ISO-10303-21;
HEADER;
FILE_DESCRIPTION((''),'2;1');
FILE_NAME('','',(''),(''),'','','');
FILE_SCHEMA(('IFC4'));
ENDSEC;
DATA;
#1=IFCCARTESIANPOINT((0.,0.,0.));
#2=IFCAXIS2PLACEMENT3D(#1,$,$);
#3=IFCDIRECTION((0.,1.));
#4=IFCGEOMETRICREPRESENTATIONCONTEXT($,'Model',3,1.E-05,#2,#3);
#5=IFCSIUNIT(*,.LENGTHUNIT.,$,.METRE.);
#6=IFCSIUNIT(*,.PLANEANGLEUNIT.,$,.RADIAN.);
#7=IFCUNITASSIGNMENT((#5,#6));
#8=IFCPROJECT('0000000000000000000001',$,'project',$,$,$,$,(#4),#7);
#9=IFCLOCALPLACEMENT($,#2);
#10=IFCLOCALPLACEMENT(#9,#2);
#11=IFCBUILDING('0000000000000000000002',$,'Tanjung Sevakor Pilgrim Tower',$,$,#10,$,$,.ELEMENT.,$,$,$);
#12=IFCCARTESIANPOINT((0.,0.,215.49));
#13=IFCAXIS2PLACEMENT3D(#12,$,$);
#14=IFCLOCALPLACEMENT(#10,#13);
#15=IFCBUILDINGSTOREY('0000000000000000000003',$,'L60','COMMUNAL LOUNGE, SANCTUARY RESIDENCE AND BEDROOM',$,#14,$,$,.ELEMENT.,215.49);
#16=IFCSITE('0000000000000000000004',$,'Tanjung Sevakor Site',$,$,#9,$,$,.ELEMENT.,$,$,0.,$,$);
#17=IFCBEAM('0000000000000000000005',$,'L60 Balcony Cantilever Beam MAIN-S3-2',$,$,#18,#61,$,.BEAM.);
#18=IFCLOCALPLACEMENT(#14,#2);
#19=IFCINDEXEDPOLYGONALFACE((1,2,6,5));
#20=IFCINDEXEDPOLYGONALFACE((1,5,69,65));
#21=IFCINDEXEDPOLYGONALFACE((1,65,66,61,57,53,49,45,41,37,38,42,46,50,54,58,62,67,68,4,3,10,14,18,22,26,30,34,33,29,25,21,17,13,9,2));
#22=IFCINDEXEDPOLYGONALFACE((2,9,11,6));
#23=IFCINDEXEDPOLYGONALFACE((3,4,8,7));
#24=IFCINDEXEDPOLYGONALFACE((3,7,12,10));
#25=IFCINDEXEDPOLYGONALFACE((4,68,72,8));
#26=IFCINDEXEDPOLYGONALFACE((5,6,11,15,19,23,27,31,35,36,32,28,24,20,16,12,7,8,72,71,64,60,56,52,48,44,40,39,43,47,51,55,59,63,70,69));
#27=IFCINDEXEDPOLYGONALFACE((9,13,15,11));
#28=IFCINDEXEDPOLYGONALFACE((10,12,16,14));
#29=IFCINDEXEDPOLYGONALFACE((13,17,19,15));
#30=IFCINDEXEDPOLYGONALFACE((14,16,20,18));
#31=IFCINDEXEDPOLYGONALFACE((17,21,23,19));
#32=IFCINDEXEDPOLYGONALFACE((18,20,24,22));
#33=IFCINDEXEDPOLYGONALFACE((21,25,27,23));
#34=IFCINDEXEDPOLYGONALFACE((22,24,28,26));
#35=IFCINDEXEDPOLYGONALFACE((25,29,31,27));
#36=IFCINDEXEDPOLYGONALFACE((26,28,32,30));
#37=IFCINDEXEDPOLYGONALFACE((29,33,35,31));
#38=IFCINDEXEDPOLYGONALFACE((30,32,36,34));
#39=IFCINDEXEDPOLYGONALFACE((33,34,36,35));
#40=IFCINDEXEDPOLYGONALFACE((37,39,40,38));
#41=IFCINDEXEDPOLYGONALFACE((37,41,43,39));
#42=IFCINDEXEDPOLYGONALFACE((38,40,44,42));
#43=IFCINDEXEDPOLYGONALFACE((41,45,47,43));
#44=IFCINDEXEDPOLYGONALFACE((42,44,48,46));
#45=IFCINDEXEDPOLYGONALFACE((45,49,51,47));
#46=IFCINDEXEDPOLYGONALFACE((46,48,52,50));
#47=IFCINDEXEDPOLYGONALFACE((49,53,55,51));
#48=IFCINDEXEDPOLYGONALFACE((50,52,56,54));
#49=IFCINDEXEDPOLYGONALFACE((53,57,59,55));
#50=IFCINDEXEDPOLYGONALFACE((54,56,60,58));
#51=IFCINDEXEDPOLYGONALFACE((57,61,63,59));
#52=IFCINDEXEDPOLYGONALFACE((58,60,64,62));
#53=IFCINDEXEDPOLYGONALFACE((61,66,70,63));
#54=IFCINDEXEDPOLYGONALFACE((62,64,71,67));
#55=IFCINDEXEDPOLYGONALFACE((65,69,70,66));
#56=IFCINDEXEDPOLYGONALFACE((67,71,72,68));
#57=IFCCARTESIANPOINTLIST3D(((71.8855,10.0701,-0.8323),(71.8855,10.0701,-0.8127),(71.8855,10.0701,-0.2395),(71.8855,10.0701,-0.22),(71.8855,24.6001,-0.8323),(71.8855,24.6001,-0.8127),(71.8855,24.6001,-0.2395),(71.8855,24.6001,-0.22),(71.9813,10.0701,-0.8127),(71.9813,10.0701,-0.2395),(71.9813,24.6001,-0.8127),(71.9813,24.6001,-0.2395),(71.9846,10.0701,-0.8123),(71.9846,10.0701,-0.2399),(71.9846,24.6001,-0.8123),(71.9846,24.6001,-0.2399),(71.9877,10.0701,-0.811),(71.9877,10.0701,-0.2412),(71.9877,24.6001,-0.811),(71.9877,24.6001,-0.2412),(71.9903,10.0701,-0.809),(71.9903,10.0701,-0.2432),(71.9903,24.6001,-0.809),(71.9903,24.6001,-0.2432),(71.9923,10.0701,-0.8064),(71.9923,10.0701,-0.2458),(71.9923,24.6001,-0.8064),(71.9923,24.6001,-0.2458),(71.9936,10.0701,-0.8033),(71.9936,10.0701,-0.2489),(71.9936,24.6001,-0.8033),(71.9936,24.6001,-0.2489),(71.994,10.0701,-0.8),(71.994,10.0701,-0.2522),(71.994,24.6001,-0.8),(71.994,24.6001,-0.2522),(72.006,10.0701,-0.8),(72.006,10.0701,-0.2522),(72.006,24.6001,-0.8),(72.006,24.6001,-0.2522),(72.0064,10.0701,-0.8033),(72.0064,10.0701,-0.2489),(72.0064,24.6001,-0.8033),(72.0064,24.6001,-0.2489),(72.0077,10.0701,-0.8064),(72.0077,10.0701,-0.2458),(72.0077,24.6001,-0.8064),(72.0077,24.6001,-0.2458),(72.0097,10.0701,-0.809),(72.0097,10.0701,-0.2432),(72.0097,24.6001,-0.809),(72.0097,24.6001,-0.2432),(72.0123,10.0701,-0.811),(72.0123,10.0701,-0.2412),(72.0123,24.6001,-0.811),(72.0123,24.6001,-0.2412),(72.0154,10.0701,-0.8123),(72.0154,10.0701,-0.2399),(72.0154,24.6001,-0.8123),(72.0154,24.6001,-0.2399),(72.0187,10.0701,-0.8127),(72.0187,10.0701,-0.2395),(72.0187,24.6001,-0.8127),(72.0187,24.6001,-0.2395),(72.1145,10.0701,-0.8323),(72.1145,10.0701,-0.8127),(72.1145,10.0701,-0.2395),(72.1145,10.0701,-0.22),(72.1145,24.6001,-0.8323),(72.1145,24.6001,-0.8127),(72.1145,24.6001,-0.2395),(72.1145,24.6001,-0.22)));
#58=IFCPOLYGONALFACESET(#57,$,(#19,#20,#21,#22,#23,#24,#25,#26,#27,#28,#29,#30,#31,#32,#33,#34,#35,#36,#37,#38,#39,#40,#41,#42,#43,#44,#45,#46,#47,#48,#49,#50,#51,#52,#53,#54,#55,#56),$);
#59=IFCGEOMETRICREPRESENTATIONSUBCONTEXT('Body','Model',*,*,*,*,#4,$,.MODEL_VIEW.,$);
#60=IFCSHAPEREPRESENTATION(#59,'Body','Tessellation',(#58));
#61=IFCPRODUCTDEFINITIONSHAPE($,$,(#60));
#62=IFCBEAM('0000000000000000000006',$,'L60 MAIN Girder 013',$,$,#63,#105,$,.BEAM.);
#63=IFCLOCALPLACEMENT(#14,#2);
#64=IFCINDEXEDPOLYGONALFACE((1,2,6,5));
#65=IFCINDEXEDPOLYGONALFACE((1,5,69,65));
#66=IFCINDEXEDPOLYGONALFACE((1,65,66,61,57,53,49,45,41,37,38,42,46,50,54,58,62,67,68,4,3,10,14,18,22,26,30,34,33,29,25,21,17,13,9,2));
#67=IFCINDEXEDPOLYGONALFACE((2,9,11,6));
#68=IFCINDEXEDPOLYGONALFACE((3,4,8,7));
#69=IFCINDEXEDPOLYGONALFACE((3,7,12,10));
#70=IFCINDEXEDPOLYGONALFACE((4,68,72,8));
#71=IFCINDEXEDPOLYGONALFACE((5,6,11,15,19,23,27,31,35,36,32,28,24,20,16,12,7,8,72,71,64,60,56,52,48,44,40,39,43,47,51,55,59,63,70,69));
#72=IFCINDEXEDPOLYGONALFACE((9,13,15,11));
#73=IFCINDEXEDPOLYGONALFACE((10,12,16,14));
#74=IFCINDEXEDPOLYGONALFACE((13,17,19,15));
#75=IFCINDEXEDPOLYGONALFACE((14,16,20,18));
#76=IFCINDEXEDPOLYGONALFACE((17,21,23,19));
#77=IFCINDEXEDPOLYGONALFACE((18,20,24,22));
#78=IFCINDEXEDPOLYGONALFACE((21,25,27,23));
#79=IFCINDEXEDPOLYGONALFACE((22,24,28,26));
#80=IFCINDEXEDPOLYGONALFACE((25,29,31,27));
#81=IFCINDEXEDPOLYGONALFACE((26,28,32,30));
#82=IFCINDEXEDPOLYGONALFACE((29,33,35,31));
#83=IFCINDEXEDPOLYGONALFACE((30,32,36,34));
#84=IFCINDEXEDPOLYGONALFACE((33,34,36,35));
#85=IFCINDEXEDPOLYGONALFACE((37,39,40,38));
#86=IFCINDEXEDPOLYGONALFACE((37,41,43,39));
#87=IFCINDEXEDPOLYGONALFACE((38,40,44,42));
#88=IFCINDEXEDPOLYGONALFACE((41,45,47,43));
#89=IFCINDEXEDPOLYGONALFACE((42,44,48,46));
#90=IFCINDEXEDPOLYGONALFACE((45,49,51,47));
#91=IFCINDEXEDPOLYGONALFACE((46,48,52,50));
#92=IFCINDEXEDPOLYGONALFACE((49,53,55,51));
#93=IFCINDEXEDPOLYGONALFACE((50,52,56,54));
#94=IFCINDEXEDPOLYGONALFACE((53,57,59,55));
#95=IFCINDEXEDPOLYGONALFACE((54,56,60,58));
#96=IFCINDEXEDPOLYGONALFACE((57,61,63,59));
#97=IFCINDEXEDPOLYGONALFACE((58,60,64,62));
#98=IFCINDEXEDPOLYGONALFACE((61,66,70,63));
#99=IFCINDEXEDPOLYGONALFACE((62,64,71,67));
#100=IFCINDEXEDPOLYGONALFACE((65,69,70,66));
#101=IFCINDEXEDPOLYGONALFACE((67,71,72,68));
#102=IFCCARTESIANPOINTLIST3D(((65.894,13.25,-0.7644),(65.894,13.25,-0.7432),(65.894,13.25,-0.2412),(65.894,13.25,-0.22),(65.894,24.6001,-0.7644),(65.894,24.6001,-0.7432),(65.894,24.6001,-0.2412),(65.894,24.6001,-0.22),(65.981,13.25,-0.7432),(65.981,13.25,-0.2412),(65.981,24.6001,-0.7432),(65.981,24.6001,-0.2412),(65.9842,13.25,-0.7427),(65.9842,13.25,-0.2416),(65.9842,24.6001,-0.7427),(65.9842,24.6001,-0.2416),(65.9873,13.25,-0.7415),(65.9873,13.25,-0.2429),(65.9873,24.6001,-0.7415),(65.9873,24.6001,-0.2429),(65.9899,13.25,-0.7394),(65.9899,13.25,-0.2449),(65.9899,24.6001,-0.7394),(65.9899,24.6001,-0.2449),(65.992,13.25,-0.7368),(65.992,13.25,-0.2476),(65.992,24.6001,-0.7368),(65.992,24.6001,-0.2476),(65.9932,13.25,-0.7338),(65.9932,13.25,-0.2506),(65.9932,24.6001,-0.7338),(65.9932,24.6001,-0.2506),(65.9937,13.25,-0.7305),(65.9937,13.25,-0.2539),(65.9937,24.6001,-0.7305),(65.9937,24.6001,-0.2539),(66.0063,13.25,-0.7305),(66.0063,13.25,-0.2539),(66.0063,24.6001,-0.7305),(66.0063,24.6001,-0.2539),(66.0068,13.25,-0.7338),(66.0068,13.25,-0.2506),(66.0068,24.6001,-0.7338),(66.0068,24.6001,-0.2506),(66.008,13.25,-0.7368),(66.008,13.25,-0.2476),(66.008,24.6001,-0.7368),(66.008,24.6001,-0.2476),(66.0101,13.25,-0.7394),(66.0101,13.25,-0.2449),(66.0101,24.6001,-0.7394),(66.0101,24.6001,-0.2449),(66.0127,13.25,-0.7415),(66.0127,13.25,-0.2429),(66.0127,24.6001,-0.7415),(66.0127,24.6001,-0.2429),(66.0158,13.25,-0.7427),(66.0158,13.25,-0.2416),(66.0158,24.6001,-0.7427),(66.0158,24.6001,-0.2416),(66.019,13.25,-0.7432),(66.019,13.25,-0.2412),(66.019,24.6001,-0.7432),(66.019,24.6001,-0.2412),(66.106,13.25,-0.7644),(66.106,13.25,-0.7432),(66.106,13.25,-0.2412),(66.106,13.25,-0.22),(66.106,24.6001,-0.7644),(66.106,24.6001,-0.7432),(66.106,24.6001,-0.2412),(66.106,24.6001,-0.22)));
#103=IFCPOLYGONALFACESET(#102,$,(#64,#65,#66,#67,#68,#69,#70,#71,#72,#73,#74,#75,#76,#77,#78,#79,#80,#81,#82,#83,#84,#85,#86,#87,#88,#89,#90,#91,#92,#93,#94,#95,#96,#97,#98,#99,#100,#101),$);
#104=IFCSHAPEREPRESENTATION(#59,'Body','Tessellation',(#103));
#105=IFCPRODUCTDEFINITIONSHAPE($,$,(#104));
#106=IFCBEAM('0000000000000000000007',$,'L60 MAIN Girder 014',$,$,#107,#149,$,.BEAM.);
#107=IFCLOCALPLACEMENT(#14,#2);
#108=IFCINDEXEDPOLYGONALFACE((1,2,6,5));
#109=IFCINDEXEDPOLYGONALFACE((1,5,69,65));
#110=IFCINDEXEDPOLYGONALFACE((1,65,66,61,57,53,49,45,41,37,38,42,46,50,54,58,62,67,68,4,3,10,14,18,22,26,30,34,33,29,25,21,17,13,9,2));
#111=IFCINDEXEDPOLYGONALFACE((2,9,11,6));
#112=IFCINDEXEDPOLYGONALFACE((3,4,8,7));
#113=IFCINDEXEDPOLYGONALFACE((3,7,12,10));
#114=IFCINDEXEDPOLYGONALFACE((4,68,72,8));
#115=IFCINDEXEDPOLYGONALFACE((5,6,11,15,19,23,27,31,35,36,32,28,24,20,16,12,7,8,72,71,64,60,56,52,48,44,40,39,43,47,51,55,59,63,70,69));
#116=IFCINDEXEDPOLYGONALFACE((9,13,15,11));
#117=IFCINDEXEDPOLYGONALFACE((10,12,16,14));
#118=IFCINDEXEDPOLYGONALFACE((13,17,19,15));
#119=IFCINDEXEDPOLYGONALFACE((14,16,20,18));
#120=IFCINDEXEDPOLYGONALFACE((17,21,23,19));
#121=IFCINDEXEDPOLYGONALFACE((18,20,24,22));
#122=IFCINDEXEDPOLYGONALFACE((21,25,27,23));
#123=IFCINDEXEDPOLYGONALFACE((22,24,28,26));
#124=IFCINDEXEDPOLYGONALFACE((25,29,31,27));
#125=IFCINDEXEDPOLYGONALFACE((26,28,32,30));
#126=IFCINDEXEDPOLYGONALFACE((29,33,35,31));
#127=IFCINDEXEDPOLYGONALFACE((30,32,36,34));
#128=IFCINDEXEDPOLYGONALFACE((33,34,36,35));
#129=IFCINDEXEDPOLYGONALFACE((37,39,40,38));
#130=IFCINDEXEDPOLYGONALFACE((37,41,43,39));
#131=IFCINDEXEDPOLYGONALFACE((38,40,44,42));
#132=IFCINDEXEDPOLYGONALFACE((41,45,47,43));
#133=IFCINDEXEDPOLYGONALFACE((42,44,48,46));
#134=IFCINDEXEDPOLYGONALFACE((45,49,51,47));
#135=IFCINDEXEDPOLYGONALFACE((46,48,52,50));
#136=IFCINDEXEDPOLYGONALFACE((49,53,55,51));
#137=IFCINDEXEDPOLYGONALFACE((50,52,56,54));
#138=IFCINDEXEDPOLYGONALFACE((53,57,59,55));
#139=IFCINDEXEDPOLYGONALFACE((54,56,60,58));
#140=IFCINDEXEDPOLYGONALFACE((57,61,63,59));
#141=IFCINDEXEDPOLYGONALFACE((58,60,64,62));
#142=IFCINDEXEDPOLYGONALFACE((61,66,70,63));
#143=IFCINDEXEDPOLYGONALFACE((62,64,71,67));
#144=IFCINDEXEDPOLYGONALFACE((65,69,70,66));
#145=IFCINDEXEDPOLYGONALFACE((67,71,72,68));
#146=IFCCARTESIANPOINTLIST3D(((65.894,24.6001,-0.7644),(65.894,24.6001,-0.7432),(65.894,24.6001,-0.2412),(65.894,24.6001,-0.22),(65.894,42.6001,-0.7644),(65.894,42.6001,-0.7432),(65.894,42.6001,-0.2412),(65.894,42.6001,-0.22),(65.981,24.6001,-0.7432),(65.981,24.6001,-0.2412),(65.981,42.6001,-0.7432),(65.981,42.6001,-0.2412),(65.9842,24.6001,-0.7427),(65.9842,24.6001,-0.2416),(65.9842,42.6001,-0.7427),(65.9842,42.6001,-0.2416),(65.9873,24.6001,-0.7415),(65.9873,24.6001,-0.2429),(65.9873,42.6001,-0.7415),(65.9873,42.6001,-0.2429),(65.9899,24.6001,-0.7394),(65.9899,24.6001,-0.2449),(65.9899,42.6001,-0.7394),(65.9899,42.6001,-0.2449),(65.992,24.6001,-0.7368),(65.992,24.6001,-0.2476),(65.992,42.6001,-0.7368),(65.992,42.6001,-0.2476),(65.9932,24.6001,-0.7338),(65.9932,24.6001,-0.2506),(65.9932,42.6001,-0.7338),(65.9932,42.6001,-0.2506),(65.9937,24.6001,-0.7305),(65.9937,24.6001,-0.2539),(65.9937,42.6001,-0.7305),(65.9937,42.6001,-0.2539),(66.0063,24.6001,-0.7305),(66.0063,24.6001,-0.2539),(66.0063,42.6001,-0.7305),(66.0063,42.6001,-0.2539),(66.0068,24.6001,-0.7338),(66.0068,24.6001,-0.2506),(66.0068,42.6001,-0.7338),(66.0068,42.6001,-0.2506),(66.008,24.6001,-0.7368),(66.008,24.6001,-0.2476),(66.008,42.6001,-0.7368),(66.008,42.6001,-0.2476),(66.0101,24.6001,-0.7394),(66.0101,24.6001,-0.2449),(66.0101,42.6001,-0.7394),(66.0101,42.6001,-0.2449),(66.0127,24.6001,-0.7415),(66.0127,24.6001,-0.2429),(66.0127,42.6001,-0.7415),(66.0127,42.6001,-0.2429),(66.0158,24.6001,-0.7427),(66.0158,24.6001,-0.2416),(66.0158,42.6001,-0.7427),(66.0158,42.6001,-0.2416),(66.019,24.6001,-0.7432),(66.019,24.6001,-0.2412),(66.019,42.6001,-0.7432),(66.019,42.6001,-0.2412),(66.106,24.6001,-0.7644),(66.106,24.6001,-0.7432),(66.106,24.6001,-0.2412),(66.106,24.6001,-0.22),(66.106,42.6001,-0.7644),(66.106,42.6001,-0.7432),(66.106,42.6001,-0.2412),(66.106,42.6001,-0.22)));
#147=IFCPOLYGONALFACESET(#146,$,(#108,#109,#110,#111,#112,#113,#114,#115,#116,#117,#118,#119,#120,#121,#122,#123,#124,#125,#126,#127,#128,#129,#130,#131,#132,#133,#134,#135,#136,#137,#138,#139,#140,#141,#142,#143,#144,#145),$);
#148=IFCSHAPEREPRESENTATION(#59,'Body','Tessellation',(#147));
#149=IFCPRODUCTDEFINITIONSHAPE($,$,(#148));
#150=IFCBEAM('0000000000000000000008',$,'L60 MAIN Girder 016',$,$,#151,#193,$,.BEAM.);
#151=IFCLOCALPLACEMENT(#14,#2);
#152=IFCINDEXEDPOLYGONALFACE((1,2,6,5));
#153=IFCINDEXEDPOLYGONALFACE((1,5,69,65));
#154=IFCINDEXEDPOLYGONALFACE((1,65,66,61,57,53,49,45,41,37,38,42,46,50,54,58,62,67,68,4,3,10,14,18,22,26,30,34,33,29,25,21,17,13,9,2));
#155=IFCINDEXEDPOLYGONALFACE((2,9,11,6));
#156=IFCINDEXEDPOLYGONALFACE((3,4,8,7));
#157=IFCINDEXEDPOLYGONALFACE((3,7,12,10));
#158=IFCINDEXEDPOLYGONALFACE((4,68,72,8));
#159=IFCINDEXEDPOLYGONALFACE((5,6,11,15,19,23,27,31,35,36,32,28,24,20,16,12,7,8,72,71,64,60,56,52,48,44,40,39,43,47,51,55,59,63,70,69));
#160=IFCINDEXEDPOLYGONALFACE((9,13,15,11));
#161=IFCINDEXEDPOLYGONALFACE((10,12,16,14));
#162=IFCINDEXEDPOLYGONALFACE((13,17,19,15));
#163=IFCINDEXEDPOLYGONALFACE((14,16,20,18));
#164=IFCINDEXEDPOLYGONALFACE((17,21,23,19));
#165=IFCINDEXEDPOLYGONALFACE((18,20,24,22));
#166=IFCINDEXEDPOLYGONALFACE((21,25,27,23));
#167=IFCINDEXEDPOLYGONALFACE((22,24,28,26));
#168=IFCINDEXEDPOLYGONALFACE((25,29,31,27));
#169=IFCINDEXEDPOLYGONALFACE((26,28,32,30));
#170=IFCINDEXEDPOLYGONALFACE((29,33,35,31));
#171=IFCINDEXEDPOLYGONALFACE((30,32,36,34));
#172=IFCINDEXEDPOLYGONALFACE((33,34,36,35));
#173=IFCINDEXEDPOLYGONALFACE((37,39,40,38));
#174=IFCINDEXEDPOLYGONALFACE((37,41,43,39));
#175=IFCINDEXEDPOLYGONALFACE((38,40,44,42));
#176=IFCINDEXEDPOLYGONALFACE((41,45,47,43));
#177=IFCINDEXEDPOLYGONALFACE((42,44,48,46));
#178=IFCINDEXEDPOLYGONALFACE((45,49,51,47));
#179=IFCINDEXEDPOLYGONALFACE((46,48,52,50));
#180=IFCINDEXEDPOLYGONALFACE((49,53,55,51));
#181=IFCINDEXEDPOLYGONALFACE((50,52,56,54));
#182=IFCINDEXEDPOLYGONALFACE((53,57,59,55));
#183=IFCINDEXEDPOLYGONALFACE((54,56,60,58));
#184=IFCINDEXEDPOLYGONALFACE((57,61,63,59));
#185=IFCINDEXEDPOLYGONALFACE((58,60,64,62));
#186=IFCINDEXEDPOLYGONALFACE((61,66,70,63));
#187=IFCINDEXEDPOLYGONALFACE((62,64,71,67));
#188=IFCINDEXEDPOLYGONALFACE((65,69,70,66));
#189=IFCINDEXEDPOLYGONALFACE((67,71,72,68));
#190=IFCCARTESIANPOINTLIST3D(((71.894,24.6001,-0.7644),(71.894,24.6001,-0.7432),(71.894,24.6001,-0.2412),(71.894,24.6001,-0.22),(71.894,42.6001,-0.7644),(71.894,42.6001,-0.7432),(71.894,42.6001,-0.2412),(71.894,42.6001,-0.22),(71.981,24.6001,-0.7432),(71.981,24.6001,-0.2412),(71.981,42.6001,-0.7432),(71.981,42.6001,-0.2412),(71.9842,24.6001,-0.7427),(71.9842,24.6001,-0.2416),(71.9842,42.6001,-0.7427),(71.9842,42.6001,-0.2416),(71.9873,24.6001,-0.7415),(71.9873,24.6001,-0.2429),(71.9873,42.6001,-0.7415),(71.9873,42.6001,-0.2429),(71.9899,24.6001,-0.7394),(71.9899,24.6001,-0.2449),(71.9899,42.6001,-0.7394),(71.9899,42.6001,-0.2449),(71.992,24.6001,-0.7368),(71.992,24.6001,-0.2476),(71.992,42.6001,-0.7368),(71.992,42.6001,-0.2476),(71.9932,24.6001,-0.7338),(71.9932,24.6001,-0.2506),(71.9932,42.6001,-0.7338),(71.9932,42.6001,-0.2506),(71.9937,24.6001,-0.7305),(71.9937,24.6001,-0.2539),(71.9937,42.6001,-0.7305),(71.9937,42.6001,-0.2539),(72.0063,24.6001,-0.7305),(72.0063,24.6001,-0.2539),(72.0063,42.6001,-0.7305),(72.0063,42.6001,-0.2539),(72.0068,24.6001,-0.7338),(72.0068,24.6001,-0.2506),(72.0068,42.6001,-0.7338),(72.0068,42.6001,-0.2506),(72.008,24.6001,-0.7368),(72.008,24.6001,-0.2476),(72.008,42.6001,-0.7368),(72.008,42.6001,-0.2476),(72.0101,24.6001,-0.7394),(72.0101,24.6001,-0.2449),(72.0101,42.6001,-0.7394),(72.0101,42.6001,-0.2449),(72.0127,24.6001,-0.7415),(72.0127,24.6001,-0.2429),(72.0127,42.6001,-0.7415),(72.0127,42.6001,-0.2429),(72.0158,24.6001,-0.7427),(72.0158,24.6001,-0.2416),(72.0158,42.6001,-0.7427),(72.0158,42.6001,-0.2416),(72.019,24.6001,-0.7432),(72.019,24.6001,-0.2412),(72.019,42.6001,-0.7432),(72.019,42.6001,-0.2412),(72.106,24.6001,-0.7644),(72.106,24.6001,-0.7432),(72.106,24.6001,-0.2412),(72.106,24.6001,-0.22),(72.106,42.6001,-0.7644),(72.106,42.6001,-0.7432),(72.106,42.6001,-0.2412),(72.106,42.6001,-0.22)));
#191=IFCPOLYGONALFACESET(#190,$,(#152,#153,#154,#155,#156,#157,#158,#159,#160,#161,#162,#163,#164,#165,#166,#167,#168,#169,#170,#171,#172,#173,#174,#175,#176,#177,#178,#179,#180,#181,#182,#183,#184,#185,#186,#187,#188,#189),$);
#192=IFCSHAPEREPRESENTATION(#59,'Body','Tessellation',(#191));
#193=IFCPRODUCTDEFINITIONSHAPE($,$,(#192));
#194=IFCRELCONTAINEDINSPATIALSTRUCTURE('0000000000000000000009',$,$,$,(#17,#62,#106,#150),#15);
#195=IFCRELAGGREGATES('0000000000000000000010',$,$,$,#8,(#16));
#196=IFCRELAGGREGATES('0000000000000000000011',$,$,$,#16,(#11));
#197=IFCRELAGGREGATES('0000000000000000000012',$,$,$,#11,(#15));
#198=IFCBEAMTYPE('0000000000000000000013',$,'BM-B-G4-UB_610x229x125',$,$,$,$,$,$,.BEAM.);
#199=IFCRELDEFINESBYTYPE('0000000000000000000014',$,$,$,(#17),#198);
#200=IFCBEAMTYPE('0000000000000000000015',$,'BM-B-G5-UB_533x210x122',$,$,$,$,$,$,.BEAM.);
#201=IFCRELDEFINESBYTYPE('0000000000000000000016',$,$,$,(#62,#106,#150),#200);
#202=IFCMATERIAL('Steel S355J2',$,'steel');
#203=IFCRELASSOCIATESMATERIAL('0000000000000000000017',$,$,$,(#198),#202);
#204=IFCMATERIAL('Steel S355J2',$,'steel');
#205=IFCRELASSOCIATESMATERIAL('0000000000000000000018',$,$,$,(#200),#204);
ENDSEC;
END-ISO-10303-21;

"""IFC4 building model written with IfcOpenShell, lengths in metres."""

from ifc_helpers import new_model, si_unit, direction, frame, origin, origin_2d, place, context, subcontext, project, spatial, i_section, extrude, material, material_profile, profile_set, type_object, element, save


model = new_model("IFC4")

# Units and contexts
model_context = context("Model", 3, precision=1e-05, world=origin(), true_north=direction((0.0, 1.0)))
body_context = subcontext(model_context, "Body", "Model", "MODEL_VIEW")
ifc_project = project(units=[si_unit("LENGTHUNIT", "METRE"), si_unit("PLANEANGLEUNIT", "RADIAN")], contexts=[model_context])

# Site, building, storey
site_placement = place(None, origin())
site = spatial("IfcSite", under=ifc_project, at=site_placement, Name="Tanjung Sevakor Site", CompositionType="ELEMENT", RefElevation=0.0)
building_placement = place(site_placement, origin())
building = spatial("IfcBuilding", under=site, at=building_placement, Name="Tanjung Sevakor Pilgrim Tower", CompositionType="ELEMENT")
storey_placement = place(building_placement, frame((0.0, 0.0, 215.49)))
storey = spatial("IfcBuildingStorey", under=building, at=storey_placement, Name="L60", Description="COMMUNAL LOUNGE, SANCTUARY RESIDENCE AND BEDROOM", CompositionType="ELEMENT", Elevation=215.49)

# Beams
ifc_material_1 = material(Name="Steel S355J2", Category="steel")
ifc_material_profile_1 = material_profile(ifc_material_1, i_section(OverallWidth=0.229, OverallDepth=0.6123, WebThickness=0.012, FlangeThickness=0.0195, FilletRadius=0.0127, at=origin_2d()))
ifc_profile_set_1 = profile_set([ifc_material_profile_1], Name="Steel S355J2")
beam_type_1 = type_object("IfcBeamType", Name="BM-B-G4-UB_610x229x125", PredefinedType="BEAM", material=ifc_profile_set_1)
beam_1_placement = place(storey_placement, frame((72.0, 24.6001, -0.5261), z_axis=(0.0, -1.0, 0.0), x_axis=(1.0, 0.0, 0.0)))
element("IfcBeam", 1, at=beam_1_placement, inside=storey, type_object=beam_type_1, Name="L60 Balcony Cantilever Beam MAIN-S3-2", PredefinedType="BEAM", context=body_context, shape_type="SweptSolid", body=[
    extrude(i_section(OverallWidth=0.229, OverallDepth=0.6123, WebThickness=0.012, FlangeThickness=0.0195, FilletRadius=0.0127, at=origin_2d()), origin(), (0.0, 0.0, 1.0), 14.53),
])
ifc_material_2 = material(Name="Steel S355J2", Category="steel")
ifc_material_profile_2 = material_profile(ifc_material_2, i_section(OverallWidth=0.2119, OverallDepth=0.5444, WebThickness=0.0127, FlangeThickness=0.0212, FilletRadius=0.0127, at=origin_2d()))
ifc_profile_set_2 = profile_set([ifc_material_profile_2], Name="Steel S355J2")
beam_type_2 = type_object("IfcBeamType", Name="BM-B-G5-UB_533x210x122", PredefinedType="BEAM", material=ifc_profile_set_2)
beam_2_placement = place(storey_placement, frame((66.0, 13.25, -0.4922), z_axis=(0.0, 1.0, 0.0), x_axis=(-1.0, 0.0, 0.0)))
element("IfcBeam", 2, at=beam_2_placement, inside=storey, type_object=beam_type_2, Name="L60 MAIN Girder 013", PredefinedType="BEAM", context=body_context, shape_type="SweptSolid", body=[
    extrude(i_section(OverallWidth=0.2119, OverallDepth=0.5444, WebThickness=0.0127, FlangeThickness=0.0212, FilletRadius=0.0127, at=origin_2d()), origin(), (0.0, 0.0, 1.0), 11.3501),
])
for number, where, z_axis, x_axis, name in (
    (3, (66.0, 24.6001, -0.4922), (0.0, 1.0, 0.0), (-1.0, 0.0, 0.0), "L60 MAIN Girder 014"),
    (4, (72.0, 24.6001, -0.4922), (0.0, 1.0, 0.0), (-1.0, 0.0, 0.0), "L60 MAIN Girder 016"),
):
    element("IfcBeam", number, at=place(storey_placement, frame(where, z_axis=z_axis, x_axis=x_axis)), inside=storey, type_object=beam_type_2, Name=name, PredefinedType="BEAM", context=body_context, shape_type="SweptSolid", body=[
        extrude(i_section(OverallWidth=0.2119, OverallDepth=0.5444, WebThickness=0.0127, FlangeThickness=0.0212, FilletRadius=0.0127, at=origin_2d()), origin(), (0.0, 0.0, 1.0), 18.0),
    ])

save(model, "model.ifc")
